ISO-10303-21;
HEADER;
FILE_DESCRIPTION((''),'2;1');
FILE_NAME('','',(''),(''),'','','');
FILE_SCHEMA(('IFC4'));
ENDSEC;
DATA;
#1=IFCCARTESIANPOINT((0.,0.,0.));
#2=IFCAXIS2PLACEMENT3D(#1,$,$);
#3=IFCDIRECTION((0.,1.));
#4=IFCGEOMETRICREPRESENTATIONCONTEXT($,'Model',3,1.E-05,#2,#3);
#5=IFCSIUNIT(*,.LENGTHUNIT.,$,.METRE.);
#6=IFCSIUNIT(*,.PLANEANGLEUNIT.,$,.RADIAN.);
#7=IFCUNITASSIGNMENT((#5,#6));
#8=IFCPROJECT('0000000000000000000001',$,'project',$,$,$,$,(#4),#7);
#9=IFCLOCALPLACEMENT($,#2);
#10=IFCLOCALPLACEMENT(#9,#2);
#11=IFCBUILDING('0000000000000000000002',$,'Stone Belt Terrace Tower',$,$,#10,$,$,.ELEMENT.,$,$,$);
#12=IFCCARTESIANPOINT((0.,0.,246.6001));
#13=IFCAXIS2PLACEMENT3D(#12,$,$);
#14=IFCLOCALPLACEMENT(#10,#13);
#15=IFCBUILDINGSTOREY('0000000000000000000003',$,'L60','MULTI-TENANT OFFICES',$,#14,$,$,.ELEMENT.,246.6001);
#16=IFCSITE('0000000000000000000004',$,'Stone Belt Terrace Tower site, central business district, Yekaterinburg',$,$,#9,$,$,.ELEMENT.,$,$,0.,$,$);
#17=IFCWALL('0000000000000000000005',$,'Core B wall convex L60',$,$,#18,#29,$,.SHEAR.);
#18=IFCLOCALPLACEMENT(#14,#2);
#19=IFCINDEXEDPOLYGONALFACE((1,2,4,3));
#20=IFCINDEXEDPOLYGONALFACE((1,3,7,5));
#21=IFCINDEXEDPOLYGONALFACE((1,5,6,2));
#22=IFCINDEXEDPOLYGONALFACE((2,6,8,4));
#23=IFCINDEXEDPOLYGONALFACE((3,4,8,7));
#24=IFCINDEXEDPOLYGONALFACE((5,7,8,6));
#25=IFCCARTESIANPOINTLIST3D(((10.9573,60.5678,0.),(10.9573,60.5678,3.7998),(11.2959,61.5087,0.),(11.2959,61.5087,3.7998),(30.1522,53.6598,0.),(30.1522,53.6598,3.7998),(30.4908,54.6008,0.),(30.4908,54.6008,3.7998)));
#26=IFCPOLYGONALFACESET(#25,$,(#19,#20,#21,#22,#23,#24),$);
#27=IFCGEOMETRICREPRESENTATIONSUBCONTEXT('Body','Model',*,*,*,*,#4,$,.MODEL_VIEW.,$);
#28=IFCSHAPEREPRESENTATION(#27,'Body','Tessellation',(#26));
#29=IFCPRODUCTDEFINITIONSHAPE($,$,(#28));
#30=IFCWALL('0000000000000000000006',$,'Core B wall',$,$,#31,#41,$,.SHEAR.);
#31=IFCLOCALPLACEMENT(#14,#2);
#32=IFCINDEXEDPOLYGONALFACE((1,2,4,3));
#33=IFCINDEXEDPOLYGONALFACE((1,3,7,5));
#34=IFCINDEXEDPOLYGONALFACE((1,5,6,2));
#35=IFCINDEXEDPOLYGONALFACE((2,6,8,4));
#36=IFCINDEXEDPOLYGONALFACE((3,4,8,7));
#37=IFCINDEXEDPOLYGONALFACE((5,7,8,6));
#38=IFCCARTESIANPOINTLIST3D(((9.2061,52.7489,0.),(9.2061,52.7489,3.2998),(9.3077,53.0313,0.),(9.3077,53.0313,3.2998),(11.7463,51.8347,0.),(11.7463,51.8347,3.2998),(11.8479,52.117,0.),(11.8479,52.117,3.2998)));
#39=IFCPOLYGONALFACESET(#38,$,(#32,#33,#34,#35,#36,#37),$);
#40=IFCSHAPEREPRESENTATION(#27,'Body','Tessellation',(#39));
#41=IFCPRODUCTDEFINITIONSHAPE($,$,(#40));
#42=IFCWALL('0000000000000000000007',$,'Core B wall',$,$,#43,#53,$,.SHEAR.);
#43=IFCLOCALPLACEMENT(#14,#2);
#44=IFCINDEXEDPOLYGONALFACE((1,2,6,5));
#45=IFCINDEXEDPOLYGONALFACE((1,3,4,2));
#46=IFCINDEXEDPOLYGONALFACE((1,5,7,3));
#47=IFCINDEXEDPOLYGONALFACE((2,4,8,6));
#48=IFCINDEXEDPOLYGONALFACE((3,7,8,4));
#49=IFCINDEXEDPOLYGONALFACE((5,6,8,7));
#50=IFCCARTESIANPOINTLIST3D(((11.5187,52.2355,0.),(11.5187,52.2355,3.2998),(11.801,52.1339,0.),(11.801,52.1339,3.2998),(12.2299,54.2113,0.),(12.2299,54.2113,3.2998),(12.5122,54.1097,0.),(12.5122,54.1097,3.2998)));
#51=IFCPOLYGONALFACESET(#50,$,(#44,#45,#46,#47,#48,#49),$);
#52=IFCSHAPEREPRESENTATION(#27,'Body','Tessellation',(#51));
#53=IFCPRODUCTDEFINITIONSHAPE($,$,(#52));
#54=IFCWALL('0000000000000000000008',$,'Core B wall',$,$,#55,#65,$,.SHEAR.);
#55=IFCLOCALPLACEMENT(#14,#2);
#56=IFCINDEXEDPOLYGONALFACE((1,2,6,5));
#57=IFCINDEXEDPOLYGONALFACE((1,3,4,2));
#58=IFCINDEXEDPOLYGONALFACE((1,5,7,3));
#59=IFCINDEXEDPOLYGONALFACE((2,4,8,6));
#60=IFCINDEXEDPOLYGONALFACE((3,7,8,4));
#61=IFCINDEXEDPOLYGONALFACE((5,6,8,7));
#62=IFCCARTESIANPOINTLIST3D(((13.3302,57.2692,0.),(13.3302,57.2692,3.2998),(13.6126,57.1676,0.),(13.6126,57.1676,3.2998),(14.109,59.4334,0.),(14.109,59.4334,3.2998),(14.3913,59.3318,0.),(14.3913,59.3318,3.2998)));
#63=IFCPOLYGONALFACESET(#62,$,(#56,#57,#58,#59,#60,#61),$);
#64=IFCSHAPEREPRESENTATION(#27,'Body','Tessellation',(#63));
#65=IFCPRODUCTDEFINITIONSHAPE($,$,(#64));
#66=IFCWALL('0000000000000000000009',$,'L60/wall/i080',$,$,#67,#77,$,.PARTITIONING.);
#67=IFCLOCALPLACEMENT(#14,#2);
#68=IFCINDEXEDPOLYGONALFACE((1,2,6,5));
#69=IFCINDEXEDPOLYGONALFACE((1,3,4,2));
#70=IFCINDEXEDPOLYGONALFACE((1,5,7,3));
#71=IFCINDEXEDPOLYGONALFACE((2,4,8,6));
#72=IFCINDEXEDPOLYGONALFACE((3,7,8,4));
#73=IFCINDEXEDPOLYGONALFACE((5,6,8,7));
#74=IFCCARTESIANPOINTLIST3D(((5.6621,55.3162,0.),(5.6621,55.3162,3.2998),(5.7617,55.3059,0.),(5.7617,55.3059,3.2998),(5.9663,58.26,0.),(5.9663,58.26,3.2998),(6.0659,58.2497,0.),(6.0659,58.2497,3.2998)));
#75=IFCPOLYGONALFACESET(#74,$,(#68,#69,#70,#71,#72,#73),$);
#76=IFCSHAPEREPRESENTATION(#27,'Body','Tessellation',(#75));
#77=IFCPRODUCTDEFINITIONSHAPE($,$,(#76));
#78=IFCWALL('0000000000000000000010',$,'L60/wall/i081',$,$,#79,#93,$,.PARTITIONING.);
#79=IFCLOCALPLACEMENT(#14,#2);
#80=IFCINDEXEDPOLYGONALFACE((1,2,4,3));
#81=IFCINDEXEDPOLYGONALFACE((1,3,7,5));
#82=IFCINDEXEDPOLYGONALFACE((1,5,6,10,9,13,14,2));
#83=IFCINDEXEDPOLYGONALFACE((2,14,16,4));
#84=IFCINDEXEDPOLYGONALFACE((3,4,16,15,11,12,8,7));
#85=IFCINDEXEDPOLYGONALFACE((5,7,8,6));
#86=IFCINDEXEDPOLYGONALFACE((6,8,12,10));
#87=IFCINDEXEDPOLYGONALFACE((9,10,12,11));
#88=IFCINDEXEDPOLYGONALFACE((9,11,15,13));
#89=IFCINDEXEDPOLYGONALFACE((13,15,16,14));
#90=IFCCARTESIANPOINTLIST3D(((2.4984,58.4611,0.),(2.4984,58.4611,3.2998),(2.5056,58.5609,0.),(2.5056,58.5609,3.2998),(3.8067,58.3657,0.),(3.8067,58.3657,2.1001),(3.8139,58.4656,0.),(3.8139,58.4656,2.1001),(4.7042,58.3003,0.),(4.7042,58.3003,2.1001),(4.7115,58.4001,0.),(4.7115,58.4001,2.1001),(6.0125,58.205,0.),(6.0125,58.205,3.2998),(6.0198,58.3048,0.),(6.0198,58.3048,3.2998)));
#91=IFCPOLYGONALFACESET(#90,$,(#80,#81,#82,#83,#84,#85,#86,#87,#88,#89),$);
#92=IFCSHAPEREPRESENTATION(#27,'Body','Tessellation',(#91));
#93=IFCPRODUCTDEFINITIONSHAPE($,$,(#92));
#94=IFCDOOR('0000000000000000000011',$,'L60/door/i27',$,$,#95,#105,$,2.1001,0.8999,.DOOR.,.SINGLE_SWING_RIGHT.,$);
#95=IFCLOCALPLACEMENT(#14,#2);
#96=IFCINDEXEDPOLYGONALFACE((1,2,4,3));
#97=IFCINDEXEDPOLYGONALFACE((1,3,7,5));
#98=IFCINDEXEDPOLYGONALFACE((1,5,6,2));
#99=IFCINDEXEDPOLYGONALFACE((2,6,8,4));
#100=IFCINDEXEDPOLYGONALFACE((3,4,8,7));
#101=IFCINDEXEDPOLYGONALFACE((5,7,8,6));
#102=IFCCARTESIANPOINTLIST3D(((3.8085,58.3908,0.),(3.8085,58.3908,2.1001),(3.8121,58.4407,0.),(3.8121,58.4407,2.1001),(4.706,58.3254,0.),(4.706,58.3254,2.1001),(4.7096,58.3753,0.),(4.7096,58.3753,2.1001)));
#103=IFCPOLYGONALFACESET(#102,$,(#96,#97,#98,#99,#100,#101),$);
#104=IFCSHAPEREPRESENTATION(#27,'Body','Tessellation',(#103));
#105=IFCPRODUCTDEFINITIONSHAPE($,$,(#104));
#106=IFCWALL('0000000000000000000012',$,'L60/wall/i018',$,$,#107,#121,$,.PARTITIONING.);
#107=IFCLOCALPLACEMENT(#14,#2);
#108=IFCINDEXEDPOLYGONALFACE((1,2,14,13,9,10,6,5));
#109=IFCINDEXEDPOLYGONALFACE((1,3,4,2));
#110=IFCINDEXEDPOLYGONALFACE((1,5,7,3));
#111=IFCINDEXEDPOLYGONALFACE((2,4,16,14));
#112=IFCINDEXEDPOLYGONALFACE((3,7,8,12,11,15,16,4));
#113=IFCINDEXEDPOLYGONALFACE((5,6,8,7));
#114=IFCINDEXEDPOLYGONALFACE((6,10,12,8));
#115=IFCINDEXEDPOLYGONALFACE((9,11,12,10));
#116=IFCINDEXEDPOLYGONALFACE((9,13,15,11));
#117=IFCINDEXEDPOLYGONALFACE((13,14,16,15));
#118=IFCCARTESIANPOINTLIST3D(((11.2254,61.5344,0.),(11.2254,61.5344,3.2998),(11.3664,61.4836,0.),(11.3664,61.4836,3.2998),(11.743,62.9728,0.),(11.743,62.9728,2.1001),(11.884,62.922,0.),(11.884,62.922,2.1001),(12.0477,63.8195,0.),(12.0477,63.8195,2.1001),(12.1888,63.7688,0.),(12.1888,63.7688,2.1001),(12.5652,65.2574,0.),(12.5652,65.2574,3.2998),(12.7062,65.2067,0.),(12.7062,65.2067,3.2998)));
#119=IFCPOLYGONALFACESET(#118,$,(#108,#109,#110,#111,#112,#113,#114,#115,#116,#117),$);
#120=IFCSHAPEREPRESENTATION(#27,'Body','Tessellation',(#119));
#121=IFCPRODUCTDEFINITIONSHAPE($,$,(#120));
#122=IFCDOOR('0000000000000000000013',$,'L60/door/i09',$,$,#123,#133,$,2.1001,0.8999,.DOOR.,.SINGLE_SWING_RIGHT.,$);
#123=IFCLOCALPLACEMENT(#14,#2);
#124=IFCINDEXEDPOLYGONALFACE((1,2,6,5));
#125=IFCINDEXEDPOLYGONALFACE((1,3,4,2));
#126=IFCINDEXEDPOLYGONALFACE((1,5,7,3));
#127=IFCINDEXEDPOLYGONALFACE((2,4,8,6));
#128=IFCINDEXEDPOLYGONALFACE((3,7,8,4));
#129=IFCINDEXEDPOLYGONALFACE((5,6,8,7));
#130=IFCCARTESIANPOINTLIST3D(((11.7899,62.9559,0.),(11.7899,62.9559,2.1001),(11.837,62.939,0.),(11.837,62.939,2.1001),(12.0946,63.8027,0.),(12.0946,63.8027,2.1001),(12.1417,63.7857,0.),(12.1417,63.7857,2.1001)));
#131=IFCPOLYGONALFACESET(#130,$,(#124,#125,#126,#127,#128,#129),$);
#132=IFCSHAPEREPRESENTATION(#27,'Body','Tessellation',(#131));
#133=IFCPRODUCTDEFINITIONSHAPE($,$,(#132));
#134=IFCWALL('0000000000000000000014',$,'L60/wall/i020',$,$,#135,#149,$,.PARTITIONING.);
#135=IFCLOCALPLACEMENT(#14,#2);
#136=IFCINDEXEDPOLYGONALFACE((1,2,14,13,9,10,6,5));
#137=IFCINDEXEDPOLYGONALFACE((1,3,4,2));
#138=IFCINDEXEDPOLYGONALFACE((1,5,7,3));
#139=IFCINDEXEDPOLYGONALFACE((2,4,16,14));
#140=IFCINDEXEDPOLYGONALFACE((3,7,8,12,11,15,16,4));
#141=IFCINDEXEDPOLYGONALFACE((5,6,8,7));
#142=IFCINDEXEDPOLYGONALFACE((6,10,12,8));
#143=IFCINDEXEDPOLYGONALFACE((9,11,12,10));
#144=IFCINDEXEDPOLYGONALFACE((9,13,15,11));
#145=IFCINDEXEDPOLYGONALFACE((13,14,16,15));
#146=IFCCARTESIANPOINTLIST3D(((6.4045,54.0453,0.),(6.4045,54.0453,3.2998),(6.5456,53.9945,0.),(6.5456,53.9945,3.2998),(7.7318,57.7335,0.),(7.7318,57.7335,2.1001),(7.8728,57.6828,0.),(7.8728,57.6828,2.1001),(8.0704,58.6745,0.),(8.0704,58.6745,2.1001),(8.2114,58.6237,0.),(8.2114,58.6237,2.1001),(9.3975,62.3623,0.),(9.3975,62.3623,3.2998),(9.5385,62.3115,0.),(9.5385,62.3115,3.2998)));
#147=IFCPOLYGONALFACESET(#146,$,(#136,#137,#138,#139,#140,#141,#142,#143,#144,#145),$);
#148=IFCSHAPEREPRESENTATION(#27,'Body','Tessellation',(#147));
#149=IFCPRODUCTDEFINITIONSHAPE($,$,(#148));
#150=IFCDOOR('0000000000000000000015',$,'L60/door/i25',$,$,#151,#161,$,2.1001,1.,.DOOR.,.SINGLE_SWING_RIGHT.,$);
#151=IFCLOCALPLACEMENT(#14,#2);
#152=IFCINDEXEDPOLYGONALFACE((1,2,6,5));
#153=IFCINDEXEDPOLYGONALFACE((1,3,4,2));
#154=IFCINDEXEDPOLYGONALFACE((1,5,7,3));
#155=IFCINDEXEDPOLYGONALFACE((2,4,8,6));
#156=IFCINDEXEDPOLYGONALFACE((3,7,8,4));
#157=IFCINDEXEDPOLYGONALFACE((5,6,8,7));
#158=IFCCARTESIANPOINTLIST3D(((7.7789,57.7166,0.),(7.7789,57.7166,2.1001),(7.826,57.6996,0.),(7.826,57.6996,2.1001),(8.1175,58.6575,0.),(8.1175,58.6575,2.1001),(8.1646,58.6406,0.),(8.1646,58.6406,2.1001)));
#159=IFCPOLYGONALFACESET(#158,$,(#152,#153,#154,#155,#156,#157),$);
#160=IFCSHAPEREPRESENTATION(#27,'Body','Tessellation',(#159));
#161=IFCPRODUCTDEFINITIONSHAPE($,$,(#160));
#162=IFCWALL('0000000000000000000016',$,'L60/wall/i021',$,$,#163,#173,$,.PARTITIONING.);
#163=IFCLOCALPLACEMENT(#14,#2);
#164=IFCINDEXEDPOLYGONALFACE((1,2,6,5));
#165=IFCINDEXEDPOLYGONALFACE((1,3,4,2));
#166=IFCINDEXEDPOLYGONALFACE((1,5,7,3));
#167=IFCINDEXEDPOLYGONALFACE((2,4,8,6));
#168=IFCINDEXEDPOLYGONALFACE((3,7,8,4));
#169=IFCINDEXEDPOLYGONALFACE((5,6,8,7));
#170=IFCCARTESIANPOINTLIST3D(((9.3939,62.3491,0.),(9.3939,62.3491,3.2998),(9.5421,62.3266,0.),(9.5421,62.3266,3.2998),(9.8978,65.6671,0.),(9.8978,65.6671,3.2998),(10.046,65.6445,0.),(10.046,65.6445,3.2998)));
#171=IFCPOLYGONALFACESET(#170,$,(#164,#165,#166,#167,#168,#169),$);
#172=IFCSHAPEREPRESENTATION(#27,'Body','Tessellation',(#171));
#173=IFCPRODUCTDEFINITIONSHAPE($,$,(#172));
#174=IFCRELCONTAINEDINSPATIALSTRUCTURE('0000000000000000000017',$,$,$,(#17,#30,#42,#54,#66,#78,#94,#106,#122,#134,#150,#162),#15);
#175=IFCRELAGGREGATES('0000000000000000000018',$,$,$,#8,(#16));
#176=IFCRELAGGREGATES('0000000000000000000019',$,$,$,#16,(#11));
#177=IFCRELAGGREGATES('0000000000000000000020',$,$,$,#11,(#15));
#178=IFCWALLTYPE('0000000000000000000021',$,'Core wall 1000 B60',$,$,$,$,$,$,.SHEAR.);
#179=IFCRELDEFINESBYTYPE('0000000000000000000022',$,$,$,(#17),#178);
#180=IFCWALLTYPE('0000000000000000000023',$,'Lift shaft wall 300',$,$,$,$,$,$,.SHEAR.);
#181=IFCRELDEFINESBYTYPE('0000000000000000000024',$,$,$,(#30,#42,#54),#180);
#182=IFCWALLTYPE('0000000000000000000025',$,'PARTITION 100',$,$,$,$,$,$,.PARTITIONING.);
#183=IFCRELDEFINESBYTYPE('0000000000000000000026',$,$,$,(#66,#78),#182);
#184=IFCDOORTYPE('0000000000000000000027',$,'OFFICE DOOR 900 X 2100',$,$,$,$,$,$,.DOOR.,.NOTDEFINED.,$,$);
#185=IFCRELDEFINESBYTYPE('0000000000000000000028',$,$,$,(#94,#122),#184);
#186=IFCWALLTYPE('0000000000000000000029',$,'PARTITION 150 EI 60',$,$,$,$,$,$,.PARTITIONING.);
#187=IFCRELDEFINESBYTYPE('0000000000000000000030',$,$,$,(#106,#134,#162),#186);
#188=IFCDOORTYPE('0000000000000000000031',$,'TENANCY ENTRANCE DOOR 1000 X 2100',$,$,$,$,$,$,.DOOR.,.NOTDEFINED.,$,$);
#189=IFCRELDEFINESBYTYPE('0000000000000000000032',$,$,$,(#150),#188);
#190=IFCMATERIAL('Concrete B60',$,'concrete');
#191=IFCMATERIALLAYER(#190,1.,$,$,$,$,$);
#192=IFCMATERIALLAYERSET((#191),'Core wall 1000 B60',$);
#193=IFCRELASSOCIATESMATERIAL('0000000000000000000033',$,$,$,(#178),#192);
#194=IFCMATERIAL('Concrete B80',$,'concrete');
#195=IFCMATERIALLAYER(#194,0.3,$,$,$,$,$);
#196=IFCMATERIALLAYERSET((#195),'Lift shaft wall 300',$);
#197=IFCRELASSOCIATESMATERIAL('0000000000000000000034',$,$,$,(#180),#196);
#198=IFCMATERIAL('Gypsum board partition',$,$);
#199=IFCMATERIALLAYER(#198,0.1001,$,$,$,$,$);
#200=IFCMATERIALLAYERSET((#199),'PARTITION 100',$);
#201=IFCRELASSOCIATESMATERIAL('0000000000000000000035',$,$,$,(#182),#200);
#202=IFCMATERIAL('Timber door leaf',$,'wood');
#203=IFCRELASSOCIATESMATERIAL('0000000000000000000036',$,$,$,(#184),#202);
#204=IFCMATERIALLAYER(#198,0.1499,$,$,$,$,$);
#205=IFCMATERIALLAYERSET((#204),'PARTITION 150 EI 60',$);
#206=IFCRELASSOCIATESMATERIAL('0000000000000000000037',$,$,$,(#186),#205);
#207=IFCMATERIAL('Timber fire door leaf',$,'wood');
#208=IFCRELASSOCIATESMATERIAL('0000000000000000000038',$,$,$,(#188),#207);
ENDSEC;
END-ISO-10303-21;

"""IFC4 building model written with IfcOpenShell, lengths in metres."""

from ifc_helpers import new_model, si_unit, direction, frame, frame_2d, origin, place, context, subcontext, project, spatial, rectangle, extrude, material, layer, layer_set, type_object, element, fill, save


model = new_model("IFC4")

# Units and contexts
model_context = context("Model", 3, precision=1e-05, world=origin(), true_north=direction((0.0, 1.0)))
body_context = subcontext(model_context, "Body", "Model", "MODEL_VIEW")
ifc_project = project(units=[si_unit("LENGTHUNIT", "METRE"), si_unit("PLANEANGLEUNIT", "RADIAN")], contexts=[model_context])

# Site, building, storey
site_placement = place(None, origin())
site = spatial("IfcSite", under=ifc_project, at=site_placement, Name="Stone Belt Terrace Tower site, central business district, Yekaterinburg", CompositionType="ELEMENT", RefElevation=0.0)
building_placement = place(site_placement, origin())
building = spatial("IfcBuilding", under=site, at=building_placement, Name="Stone Belt Terrace Tower", CompositionType="ELEMENT")
storey_placement = place(building_placement, frame((0.0, 0.0, 246.6001)))
storey = spatial("IfcBuildingStorey", under=building, at=storey_placement, Name="L60", Description="MULTI-TENANT OFFICES", CompositionType="ELEMENT", Elevation=246.6001)

# Shared definitions
ifc_material_1 = material(Name="Concrete B60", Category="concrete")

# Shared definitions
ifc_material_2 = material(Name="Timber door leaf", Category="wood")

# Walls
ifc_layer_1 = layer(ifc_material_1, 1.0)
ifc_layer_set_1 = layer_set([ifc_layer_1], Name="Core wall 1000 B60")
wall_type_1 = type_object("IfcWallType", Name="Core wall 1000 B60", PredefinedType="SHEAR", material=ifc_layer_set_1)
wall_1_placement = place(storey_placement, frame((11.1265, 61.0383, 0.0), z_axis=(0.0, 0.0, 1.0), x_axis=(0.940921, -0.338625, 0.0)))
element("IfcWall", 1, at=wall_1_placement, inside=storey, type_object=wall_type_1, Name="Core B wall convex L60", PredefinedType="SHEAR", context=body_context, shape_type="SweptSolid", body=[
    extrude(rectangle(XDim=20.4001, YDim=1.0, at=frame_2d((10.2002, 0.0))), origin(), (0.0, 0.0, 1.0), 3.7998),
])
ifc_material_3 = material(Name="Concrete B80", Category="concrete")
ifc_layer_2 = layer(ifc_material_3, 0.3)
ifc_layer_set_2 = layer_set([ifc_layer_2], Name="Lift shaft wall 300")
wall_type_2 = type_object("IfcWallType", Name="Lift shaft wall 300", PredefinedType="SHEAR", material=ifc_layer_set_2)
wall_2_placement = place(storey_placement, frame((11.7971, 51.9758, 0.0), z_axis=(0.0, 0.0, 1.0), x_axis=(-0.94091, 0.338655, 0.0)))
element("IfcWall", 2, at=wall_2_placement, inside=storey, type_object=wall_type_2, Name="Core B wall", PredefinedType="SHEAR", context=body_context, shape_type="SweptSolid", body=[
    extrude(rectangle(XDim=2.6997, YDim=0.3, at=frame_2d((1.3499, 0.0))), origin(), (0.0, 0.0, 1.0), 3.2998),
])
wall_3_placement = place(storey_placement, frame((11.6599, 52.1848, 0.0), z_axis=(0.0, 0.0, 1.0), x_axis=(0.33867, 0.940905, 0.0)))
element("IfcWall", 3, at=wall_3_placement, inside=storey, type_object=wall_type_2, Name="Core B wall", PredefinedType="SHEAR", context=body_context, shape_type="SweptSolid", body=[
    extrude(rectangle(XDim=2.0999, YDim=0.3, at=frame_2d((1.0498, 0.0))), origin(), (0.0, 0.0, 1.0), 3.2998),
])
wall_4_placement = place(storey_placement, frame((13.4714, 57.2185, 0.0), z_axis=(0.0, 0.0, 1.0), x_axis=(0.338588, 0.940935, 0.0)))
element("IfcWall", 4, at=wall_4_placement, inside=storey, type_object=wall_type_2, Name="Core B wall", PredefinedType="SHEAR", context=body_context, shape_type="SweptSolid", body=[
    extrude(rectangle(XDim=2.3, YDim=0.3, at=frame_2d((1.1499, 0.0))), origin(), (0.0, 0.0, 1.0), 3.2998),
])
ifc_material_4 = material(Name="Gypsum board partition")
ifc_layer_3 = layer(ifc_material_4, 0.1001)
ifc_layer_set_3 = layer_set([ifc_layer_3], Name="PARTITION 100")
wall_type_3 = type_object("IfcWallType", Name="PARTITION 100", PredefinedType="PARTITIONING", material=ifc_layer_set_3)
wall_5_placement = place(storey_placement, frame((5.7119, 55.311, 0.0), z_axis=(0.0, 0.0, 1.0), x_axis=(0.102787, 0.994703, 0.0)))
element("IfcWall", 5, at=wall_5_placement, inside=storey, type_object=wall_type_3, Name="L60/wall/i080", PredefinedType="PARTITIONING", context=body_context, shape_type="SweptSolid", body=[
    extrude(rectangle(XDim=2.9595, YDim=0.1001, at=frame_2d((1.4797, 0.0))), origin(), (0.0, 0.0, 1.0), 3.2998),
])

# Walls, openings, doors
wall_6_placement = place(storey_placement, frame((6.0161, 58.2549, 0.0), z_axis=(0.0, 0.0, 1.0), x_axis=(-0.997355, 0.072685, 0.0)))
wall_6 = element("IfcWall", 6, at=wall_6_placement, inside=storey, type_object=wall_type_3, Name="L60/wall/i081", PredefinedType="PARTITIONING", context=body_context, shape_type="SweptSolid", body=[
    extrude(rectangle(XDim=3.5234, YDim=0.1001, at=frame_2d((1.7617, 0.0))), origin(), (0.0, 0.0, 1.0), 3.2998),
])
opening_1_placement = place(wall_6_placement, frame((1.3118, 0.0, 0.0)))
opening_1 = element("IfcOpeningElement", 7, at=opening_1_placement, cuts=wall_6, PredefinedType="OPENING", context=body_context, shape_type="SweptSolid", body=[
    extrude(rectangle(XDim=0.8999, YDim=2.1001, at=frame_2d((0.45, 1.05))), frame((0.0, 0.0601, 0.0), z_axis=(0.0, -1.0, 0.0), x_axis=(1.0, 0.0, 0.0)), (0.0, 0.0, 1.0), 0.1201),
])
door_type_1 = type_object("IfcDoorType", Name="OFFICE DOOR 900 X 2100", OperationType="NOTDEFINED", PredefinedType="DOOR", material=ifc_material_2)
door_1_placement = place(opening_1_placement, origin())
door_1 = element("IfcDoor", 8, at=door_1_placement, inside=storey, type_object=door_type_1, Name="L60/door/i27", OperationType="SINGLE_SWING_RIGHT", OverallHeight=2.1001, OverallWidth=0.8999, PredefinedType="DOOR", context=body_context, shape_type="SweptSolid", body=[
    extrude(rectangle(XDim=0.8999, YDim=2.1001, at=frame_2d((0.45, 1.05))), frame((0.0, 0.0249, 0.0), z_axis=(0.0, -1.0, 0.0), x_axis=(1.0, 0.0, 0.0)), (0.0, 0.0, 1.0), 0.05),
])
fill(opening_1, door_1)
ifc_layer_4 = layer(ifc_material_4, 0.1499)
ifc_layer_set_4 = layer_set([ifc_layer_4], Name="PARTITION 150 EI 60")
wall_type_4 = type_object("IfcWallType", Name="PARTITION 150 EI 60", PredefinedType="PARTITIONING", material=ifc_layer_set_4)
wall_7_placement = place(storey_placement, frame((12.6357, 65.2322, 0.0), z_axis=(0.0, 0.0, 1.0), x_axis=(-0.33861, -0.940927, 0.0)))
wall_7 = element("IfcWall", 9, at=wall_7_placement, inside=storey, type_object=wall_type_4, Name="L60/wall/i018", PredefinedType="PARTITIONING", context=body_context, shape_type="SweptSolid", body=[
    extrude(rectangle(XDim=3.9568, YDim=0.1499, at=frame_2d((1.9785, 0.0))), origin(), (0.0, 0.0, 1.0), 3.2998),
])
opening_2_placement = place(wall_7_placement, frame((1.5283, 0.0, 0.0)))
opening_2 = element("IfcOpeningElement", 10, at=opening_2_placement, cuts=wall_7, PredefinedType="OPENING", context=body_context, shape_type="SweptSolid", body=[
    extrude(rectangle(XDim=0.8999, YDim=2.1001, at=frame_2d((0.45, 1.05))), frame((0.0, 0.085, 0.0), z_axis=(0.0, -1.0, 0.0), x_axis=(1.0, 0.0, 0.0)), (0.0, 0.0, 1.0), 0.1699),
])
door_2_placement = place(opening_2_placement, origin())
door_2 = element("IfcDoor", 11, at=door_2_placement, inside=storey, type_object=door_type_1, Name="L60/door/i09", OperationType="SINGLE_SWING_RIGHT", OverallHeight=2.1001, OverallWidth=0.8999, PredefinedType="DOOR", context=body_context, shape_type="SweptSolid", body=[
    extrude(rectangle(XDim=0.8999, YDim=2.1001, at=frame_2d((0.45, 1.05))), frame((0.0, 0.0249, 0.0), z_axis=(0.0, -1.0, 0.0), x_axis=(1.0, 0.0, 0.0)), (0.0, 0.0, 1.0), 0.05),
])
fill(opening_2, door_2)
wall_8_placement = place(storey_placement, frame((6.4751, 54.02, 0.0), z_axis=(0.0, 0.0, 1.0), x_axis=(0.338603, 0.940929, 0.0)))
wall_8 = element("IfcWall", 12, at=wall_8_placement, inside=storey, type_object=wall_type_4, Name="L60/wall/i020", PredefinedType="PARTITIONING", context=body_context, shape_type="SweptSolid", body=[
    extrude(rectangle(XDim=8.8391, YDim=0.1499, at=frame_2d((4.4194, 0.0))), origin(), (0.0, 0.0, 1.0), 3.2998),
])
opening_3_placement = place(wall_8_placement, frame((3.9197, 0.0, 0.0)))
opening_3 = element("IfcOpeningElement", 13, at=opening_3_placement, cuts=wall_8, PredefinedType="OPENING", context=body_context, shape_type="SweptSolid", body=[
    extrude(rectangle(XDim=1.0, YDim=2.1001, at=frame_2d((0.5, 1.05))), frame((0.0, 0.085, 0.0), z_axis=(0.0, -1.0, 0.0), x_axis=(1.0, 0.0, 0.0)), (0.0, 0.0, 1.0), 0.1699),
])
ifc_material_5 = material(Name="Timber fire door leaf", Category="wood")
door_type_2 = type_object("IfcDoorType", Name="TENANCY ENTRANCE DOOR 1000 X 2100", OperationType="NOTDEFINED", PredefinedType="DOOR", material=ifc_material_5)
door_3_placement = place(opening_3_placement, origin())
door_3 = element("IfcDoor", 14, at=door_3_placement, inside=storey, type_object=door_type_2, Name="L60/door/i25", OperationType="SINGLE_SWING_RIGHT", OverallHeight=2.1001, OverallWidth=1.0, PredefinedType="DOOR", context=body_context, shape_type="SweptSolid", body=[
    extrude(rectangle(XDim=1.0, YDim=2.1001, at=frame_2d((0.5, 1.05))), frame((0.0, 0.0249, 0.0), z_axis=(0.0, -1.0, 0.0), x_axis=(1.0, 0.0, 0.0)), (0.0, 0.0, 1.0), 0.05),
])
fill(opening_3, door_3)

# Wall
wall_9_placement = place(storey_placement, frame((9.468, 62.3379, 0.0), z_axis=(0.0, 0.0, 1.0), x_axis=(0.150154, 0.988663, 0.0)))
element("IfcWall", 15, at=wall_9_placement, inside=storey, type_object=wall_type_4, Name="L60/wall/i021", PredefinedType="PARTITIONING", context=body_context, shape_type="SweptSolid", body=[
    extrude(rectangle(XDim=3.356, YDim=0.1499, at=frame_2d((1.678, 0.0))), origin(), (0.0, 0.0, 1.0), 3.2998),
])

save(model, "model.ifc")
